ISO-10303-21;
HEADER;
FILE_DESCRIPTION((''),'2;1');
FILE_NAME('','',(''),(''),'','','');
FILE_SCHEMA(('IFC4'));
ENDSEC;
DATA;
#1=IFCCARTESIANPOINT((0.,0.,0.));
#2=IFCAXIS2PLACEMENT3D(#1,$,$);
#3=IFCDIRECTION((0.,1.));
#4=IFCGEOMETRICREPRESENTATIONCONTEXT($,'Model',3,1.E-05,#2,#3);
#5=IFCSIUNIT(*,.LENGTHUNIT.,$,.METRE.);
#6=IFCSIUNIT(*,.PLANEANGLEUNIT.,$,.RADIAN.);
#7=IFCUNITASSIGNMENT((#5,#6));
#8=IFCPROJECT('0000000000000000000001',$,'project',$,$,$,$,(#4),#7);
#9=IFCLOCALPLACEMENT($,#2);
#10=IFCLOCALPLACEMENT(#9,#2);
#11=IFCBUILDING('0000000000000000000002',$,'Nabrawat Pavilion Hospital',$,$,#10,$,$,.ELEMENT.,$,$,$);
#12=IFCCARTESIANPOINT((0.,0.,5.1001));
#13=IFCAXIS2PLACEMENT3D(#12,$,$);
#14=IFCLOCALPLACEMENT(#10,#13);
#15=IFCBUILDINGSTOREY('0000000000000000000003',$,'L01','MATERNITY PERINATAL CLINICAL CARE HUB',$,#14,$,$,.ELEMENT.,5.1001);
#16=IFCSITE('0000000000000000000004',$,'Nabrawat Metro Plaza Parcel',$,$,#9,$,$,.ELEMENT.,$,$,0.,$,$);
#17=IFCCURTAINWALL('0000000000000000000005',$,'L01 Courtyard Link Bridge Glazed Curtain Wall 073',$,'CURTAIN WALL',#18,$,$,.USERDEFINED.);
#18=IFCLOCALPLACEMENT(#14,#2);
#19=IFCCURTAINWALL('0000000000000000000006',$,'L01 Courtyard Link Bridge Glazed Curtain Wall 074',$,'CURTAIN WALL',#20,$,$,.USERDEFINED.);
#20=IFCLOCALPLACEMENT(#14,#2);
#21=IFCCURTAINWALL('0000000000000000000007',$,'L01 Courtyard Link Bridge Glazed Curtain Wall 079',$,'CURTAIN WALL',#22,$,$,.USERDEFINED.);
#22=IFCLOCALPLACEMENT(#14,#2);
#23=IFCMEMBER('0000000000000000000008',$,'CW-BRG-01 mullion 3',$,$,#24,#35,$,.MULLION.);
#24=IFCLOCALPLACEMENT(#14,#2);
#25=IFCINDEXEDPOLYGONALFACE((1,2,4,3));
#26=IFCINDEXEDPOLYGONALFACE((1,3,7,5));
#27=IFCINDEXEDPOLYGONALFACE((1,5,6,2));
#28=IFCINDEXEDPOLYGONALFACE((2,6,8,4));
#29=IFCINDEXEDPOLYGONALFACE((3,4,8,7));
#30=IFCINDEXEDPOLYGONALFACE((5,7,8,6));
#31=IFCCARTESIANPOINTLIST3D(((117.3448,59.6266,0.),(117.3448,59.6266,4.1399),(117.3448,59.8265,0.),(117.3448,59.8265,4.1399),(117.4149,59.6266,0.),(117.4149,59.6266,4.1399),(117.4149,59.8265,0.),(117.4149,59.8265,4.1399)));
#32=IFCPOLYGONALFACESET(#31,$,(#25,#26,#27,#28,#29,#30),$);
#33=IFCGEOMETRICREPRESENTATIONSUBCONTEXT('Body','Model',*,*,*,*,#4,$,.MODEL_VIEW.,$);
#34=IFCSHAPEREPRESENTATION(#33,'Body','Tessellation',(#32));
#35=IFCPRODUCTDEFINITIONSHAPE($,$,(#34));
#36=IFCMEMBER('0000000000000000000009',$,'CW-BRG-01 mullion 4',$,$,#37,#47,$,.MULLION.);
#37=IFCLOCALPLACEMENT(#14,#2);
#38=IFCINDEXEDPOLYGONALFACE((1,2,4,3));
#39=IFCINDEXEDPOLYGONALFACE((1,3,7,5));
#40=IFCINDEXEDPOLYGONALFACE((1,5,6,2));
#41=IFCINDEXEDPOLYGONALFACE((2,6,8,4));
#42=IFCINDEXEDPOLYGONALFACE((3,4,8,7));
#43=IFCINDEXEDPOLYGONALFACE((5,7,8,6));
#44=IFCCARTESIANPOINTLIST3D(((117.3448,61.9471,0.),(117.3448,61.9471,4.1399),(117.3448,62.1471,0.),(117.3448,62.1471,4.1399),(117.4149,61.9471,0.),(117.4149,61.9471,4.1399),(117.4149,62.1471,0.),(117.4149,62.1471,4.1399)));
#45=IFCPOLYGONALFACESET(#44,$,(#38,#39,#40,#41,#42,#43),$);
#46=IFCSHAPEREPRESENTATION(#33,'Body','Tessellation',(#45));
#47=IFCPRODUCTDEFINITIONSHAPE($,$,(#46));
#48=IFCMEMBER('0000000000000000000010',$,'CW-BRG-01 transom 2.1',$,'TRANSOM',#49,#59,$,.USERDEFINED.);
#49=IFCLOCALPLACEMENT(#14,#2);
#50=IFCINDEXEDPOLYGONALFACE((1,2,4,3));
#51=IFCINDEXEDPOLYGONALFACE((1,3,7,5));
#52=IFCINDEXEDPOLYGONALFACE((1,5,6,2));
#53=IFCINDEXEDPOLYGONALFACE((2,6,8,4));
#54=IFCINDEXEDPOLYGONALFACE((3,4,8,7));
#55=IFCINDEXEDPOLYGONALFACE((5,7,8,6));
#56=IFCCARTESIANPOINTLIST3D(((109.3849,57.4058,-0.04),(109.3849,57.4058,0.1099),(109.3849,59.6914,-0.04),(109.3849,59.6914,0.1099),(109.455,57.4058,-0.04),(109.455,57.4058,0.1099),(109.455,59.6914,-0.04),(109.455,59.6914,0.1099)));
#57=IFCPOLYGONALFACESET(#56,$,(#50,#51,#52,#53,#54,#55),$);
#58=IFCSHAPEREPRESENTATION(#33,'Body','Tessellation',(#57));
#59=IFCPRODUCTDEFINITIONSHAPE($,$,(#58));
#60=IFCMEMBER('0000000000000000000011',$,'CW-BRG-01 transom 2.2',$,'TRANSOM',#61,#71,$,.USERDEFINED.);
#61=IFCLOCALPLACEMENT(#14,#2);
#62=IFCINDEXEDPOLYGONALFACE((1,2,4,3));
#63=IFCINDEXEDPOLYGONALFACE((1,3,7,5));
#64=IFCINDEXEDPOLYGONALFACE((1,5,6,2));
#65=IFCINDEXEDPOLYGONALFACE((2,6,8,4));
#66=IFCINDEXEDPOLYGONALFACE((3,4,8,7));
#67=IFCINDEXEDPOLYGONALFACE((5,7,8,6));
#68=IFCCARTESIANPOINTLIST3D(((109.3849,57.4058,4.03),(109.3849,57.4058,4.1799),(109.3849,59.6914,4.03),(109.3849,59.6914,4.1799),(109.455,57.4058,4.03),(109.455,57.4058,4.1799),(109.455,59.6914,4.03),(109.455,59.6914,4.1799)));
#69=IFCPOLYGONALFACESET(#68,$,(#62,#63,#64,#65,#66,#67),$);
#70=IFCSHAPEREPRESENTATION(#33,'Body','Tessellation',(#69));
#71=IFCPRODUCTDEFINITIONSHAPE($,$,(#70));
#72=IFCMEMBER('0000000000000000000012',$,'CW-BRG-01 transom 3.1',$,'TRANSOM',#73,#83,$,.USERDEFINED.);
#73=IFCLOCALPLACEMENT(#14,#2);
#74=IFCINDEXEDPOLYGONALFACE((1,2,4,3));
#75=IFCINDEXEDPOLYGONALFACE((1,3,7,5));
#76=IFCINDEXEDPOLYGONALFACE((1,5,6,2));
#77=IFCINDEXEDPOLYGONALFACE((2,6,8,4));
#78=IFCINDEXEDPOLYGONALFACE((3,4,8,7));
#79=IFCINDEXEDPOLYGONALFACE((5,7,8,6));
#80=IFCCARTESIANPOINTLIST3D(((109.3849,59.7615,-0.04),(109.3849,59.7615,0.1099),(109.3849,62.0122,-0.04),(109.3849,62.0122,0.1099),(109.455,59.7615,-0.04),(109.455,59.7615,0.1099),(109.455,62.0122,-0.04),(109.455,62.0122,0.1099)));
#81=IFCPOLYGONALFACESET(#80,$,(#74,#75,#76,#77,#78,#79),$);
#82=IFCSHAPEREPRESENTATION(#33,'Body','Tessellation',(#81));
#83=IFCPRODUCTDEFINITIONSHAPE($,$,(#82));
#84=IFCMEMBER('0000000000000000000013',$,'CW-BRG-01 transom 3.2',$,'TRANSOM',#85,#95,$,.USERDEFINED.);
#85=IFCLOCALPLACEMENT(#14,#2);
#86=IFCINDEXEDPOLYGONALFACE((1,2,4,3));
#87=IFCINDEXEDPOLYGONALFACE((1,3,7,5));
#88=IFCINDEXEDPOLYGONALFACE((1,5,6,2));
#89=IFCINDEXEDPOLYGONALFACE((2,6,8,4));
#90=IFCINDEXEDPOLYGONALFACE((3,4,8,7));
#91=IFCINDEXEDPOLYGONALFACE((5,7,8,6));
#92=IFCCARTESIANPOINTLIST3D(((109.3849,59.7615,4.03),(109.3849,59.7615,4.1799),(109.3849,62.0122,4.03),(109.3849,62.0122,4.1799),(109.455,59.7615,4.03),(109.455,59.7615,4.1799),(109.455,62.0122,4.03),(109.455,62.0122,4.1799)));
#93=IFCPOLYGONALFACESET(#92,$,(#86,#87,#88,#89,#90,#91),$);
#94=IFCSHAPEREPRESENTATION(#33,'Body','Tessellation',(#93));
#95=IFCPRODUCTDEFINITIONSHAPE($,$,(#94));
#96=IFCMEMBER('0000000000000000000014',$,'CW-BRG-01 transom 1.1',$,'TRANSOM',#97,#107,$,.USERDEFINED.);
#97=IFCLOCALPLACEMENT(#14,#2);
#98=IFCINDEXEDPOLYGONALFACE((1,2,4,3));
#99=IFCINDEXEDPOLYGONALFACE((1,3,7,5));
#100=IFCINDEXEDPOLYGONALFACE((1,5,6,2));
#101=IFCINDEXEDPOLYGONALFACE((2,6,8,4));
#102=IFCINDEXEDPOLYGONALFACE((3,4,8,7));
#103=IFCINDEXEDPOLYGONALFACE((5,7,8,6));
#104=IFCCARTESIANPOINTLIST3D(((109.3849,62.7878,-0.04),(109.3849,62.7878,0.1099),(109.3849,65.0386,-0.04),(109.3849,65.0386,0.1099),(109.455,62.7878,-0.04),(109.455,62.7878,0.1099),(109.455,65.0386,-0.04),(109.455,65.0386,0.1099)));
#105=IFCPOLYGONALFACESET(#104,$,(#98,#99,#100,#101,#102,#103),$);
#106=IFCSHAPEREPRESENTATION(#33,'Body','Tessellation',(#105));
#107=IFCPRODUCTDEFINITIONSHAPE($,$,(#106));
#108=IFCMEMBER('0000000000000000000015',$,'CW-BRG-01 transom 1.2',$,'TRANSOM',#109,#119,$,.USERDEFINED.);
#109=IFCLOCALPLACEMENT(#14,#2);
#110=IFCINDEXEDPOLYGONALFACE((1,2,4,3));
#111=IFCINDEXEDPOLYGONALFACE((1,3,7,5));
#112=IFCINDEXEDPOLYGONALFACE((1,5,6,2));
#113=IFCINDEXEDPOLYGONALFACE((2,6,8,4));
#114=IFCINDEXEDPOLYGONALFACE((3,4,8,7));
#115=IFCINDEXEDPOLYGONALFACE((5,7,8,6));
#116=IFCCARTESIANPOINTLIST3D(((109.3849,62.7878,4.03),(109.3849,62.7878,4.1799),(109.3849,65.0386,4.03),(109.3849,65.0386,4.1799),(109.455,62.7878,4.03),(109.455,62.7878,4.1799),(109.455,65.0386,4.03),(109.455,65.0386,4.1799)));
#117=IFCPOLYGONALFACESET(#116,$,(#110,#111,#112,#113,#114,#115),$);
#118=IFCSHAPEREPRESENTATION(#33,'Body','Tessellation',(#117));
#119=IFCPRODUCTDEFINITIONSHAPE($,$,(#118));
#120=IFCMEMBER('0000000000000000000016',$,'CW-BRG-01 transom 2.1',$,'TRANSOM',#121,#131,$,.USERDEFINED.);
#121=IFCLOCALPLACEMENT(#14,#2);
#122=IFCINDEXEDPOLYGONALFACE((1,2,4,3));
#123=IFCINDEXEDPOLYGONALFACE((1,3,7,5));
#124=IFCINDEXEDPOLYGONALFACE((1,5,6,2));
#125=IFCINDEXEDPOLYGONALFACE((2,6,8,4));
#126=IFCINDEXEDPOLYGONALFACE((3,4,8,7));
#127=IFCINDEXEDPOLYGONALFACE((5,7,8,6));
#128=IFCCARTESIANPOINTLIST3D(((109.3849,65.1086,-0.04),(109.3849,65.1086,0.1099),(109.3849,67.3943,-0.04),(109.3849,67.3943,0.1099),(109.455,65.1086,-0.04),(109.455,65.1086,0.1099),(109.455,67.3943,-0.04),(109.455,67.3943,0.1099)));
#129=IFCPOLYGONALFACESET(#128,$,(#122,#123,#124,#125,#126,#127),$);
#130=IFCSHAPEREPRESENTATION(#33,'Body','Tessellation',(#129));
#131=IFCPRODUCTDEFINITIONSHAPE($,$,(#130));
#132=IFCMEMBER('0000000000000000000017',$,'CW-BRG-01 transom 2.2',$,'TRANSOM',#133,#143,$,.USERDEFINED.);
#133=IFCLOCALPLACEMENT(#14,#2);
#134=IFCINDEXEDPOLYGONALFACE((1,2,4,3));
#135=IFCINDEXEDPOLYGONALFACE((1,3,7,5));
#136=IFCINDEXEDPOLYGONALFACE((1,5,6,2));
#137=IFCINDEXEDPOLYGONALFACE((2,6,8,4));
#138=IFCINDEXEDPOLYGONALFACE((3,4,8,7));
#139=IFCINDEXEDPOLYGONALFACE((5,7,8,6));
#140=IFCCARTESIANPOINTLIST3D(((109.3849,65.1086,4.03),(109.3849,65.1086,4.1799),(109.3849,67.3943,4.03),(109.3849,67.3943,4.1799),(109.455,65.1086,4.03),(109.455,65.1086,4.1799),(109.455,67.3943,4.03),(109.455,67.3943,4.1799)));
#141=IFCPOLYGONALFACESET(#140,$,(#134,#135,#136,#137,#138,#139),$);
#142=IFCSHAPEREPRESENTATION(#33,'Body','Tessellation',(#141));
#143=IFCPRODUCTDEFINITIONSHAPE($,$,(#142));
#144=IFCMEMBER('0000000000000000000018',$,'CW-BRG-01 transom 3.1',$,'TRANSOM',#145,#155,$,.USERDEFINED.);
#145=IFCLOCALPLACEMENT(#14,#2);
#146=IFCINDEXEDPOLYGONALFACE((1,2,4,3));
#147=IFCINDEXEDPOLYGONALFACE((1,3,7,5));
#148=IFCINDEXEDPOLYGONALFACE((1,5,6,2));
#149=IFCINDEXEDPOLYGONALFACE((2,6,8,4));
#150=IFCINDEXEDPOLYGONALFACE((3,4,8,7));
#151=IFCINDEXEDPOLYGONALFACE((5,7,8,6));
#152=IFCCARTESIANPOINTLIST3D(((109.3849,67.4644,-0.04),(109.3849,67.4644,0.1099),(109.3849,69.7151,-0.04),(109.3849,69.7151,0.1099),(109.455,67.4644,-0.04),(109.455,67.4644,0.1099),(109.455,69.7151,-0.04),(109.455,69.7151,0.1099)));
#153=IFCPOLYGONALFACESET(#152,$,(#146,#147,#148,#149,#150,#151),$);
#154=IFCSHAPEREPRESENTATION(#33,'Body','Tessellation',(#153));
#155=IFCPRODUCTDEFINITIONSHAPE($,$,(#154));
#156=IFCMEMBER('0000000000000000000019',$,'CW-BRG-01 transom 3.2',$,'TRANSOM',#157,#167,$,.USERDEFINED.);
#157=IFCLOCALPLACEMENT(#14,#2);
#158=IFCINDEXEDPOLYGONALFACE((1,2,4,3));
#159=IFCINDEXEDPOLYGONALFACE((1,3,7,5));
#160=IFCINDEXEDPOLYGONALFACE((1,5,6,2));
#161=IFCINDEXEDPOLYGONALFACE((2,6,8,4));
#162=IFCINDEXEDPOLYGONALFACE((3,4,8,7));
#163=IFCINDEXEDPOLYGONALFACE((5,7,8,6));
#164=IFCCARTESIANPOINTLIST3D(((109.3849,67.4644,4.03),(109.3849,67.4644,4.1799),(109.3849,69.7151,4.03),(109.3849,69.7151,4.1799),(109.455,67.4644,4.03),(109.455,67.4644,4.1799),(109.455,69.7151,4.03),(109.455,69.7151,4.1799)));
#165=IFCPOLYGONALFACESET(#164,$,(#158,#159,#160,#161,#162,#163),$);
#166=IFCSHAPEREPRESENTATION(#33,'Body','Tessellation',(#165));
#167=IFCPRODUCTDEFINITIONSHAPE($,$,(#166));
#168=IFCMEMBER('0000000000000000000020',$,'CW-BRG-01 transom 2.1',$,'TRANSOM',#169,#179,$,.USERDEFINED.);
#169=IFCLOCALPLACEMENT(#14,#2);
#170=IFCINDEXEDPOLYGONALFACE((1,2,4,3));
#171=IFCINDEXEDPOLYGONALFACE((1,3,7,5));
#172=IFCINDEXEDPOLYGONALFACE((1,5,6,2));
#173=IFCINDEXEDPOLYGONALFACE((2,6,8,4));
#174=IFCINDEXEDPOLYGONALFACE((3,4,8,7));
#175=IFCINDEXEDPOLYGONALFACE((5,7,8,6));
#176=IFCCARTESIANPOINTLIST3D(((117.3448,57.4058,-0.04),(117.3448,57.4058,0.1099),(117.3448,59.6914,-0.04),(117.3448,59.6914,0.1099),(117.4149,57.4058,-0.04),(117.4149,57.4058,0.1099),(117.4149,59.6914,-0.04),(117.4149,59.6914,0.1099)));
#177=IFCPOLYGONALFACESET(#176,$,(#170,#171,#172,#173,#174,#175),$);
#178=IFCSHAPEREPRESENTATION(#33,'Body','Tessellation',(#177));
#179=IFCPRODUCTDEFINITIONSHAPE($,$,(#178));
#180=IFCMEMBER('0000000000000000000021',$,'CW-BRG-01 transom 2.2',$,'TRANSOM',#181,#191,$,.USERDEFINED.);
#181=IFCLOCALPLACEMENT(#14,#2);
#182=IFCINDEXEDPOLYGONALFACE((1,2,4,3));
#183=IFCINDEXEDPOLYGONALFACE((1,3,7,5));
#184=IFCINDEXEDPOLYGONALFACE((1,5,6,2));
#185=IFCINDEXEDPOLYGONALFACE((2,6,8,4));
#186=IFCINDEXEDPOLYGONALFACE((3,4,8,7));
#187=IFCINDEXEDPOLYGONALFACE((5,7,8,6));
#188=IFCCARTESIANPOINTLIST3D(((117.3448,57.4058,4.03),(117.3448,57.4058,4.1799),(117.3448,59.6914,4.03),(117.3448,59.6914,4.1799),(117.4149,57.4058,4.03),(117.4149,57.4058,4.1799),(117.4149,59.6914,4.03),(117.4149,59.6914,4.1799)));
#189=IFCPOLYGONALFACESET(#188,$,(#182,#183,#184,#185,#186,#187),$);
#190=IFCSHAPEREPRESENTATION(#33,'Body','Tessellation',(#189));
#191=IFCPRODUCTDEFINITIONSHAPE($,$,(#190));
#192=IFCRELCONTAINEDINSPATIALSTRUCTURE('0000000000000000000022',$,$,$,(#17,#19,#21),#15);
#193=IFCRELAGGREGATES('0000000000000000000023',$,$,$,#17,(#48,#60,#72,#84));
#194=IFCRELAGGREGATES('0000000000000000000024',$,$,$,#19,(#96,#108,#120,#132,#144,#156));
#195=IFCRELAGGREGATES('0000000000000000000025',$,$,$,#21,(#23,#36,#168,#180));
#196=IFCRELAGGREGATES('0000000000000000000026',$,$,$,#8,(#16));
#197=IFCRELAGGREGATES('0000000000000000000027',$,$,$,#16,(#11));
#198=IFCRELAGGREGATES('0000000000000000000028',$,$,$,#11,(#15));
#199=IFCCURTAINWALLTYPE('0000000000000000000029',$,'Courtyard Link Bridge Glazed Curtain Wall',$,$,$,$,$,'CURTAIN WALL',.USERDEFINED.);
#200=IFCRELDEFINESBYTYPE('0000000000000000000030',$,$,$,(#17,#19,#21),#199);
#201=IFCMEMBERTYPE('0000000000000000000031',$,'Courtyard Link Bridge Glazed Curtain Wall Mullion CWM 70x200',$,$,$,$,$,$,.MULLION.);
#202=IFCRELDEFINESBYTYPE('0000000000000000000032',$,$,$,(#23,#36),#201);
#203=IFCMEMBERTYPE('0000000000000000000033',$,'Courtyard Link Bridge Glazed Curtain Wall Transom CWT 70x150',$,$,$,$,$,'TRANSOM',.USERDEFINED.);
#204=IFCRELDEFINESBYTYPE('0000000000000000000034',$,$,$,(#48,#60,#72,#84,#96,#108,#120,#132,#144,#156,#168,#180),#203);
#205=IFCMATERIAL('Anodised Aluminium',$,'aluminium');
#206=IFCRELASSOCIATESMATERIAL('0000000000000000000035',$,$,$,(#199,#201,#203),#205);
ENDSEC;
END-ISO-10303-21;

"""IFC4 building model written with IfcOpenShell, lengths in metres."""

from ifc_helpers import new_model, si_unit, direction, frame, origin, origin_2d, place, context, subcontext, project, spatial, rectangle, extrude, material, material_profile, profile_set, type_object, element, aggregate, save


model = new_model("IFC4")

# Units and contexts
model_context = context("Model", 3, precision=1e-05, world=origin(), true_north=direction((0.0, 1.0)))
body_context = subcontext(model_context, "Body", "Model", "MODEL_VIEW")
ifc_project = project(units=[si_unit("LENGTHUNIT", "METRE"), si_unit("PLANEANGLEUNIT", "RADIAN")], contexts=[model_context])

# Site, building, storey
site_placement = place(None, origin())
site = spatial("IfcSite", under=ifc_project, at=site_placement, Name="Nabrawat Metro Plaza Parcel", CompositionType="ELEMENT", RefElevation=0.0)
building_placement = place(site_placement, origin())
building = spatial("IfcBuilding", under=site, at=building_placement, Name="Nabrawat Pavilion Hospital", CompositionType="ELEMENT")
storey_placement = place(building_placement, frame((0.0, 0.0, 5.1001)))
storey = spatial("IfcBuildingStorey", under=building, at=storey_placement, Name="L01", Description="MATERNITY PERINATAL CLINICAL CARE HUB", CompositionType="ELEMENT", Elevation=5.1001)

# Curtain walls, members
ifc_material_1 = material(Name="Anodised Aluminium", Category="aluminium")
curtain_wall_type = type_object("IfcCurtainWallType", Name="Courtyard Link Bridge Glazed Curtain Wall", ElementType="CURTAIN WALL", PredefinedType="USERDEFINED", material=ifc_material_1)
curtain_wall_1_placement = place(storey_placement, origin())
curtain_wall_1 = element("IfcCurtainWall", 1, at=curtain_wall_1_placement, inside=storey, type_object=curtain_wall_type, Name="L01 Courtyard Link Bridge Glazed Curtain Wall 073", ObjectType="CURTAIN WALL", PredefinedType="USERDEFINED")
ifc_material_profile_1 = material_profile(ifc_material_1, rectangle(XDim=0.0701, YDim=0.2, at=origin_2d()), Name="CWM 70x200")
ifc_profile_set_1 = profile_set([ifc_material_profile_1], Name="Anodised Aluminium")
member_type_1 = type_object("IfcMemberType", Name="Courtyard Link Bridge Glazed Curtain Wall Mullion CWM 70x200", PredefinedType="MULLION", material=ifc_profile_set_1)
curtain_wall_2_placement = place(storey_placement, origin())
curtain_wall_2 = element("IfcCurtainWall", 2, at=curtain_wall_2_placement, inside=storey, type_object=curtain_wall_type, Name="L01 Courtyard Link Bridge Glazed Curtain Wall 074", ObjectType="CURTAIN WALL", PredefinedType="USERDEFINED")
curtain_wall_3_placement = place(storey_placement, origin())
curtain_wall_3 = element("IfcCurtainWall", 3, at=curtain_wall_3_placement, inside=storey, type_object=curtain_wall_type, Name="L01 Courtyard Link Bridge Glazed Curtain Wall 079", ObjectType="CURTAIN WALL", PredefinedType="USERDEFINED")
member_1_placement = place(storey_placement, frame((117.3799, 59.7266, 0.0), z_axis=(0.0, 0.0, 1.0), x_axis=(-1.0, 0.0, 0.0)))
member_1 = element("IfcMember", 4, at=member_1_placement, type_object=member_type_1, Name="CW-BRG-01 mullion 3", PredefinedType="MULLION", context=body_context, shape_type="SweptSolid", body=[
    extrude(rectangle(XDim=0.0701, YDim=0.2, at=origin_2d()), origin(), (0.0, 0.0, 1.0), 4.1399),
])
member_2_placement = place(storey_placement, frame((117.3799, 62.0471, 0.0), z_axis=(0.0, 0.0, 1.0), x_axis=(-1.0, 0.0, 0.0)))
member_2 = element("IfcMember", 5, at=member_2_placement, type_object=member_type_1, Name="CW-BRG-01 mullion 4", PredefinedType="MULLION", context=body_context, shape_type="SweptSolid", body=[
    extrude(rectangle(XDim=0.0701, YDim=0.2, at=origin_2d()), origin(), (0.0, 0.0, 1.0), 4.1399),
])

# Members
ifc_material_profile_2 = material_profile(ifc_material_1, rectangle(XDim=0.0701, YDim=0.1499, at=origin_2d()), Name="CWT 70x150")
ifc_profile_set_2 = profile_set([ifc_material_profile_2], Name="Anodised Aluminium")
member_type_2 = type_object("IfcMemberType", Name="Courtyard Link Bridge Glazed Curtain Wall Transom CWT 70x150", ElementType="TRANSOM", PredefinedType="USERDEFINED", material=ifc_profile_set_2)
member_3_placement = place(storey_placement, frame((109.4199, 57.4058, 0.0349), z_axis=(0.0, 1.0, 0.0), x_axis=(-1.0, 0.0, 0.0)))
member_3 = element("IfcMember", 6, at=member_3_placement, type_object=member_type_2, Name="CW-BRG-01 transom 2.1", ObjectType="TRANSOM", PredefinedType="USERDEFINED", context=body_context, shape_type="SweptSolid", body=[
    extrude(rectangle(XDim=0.0701, YDim=0.1499, at=origin_2d()), origin(), (0.0, 0.0, 1.0), 2.2856),
])
member_4_placement = place(storey_placement, frame((109.4199, 57.4058, 4.105), z_axis=(0.0, 1.0, 0.0), x_axis=(-1.0, 0.0, 0.0)))
member_4 = element("IfcMember", 7, at=member_4_placement, type_object=member_type_2, Name="CW-BRG-01 transom 2.2", ObjectType="TRANSOM", PredefinedType="USERDEFINED", context=body_context, shape_type="SweptSolid", body=[
    extrude(rectangle(XDim=0.0701, YDim=0.1499, at=origin_2d()), origin(), (0.0, 0.0, 1.0), 2.2856),
])
member_5_placement = place(storey_placement, frame((109.4199, 59.7615, 0.0349), z_axis=(0.0, 1.0, 0.0), x_axis=(-1.0, 0.0, 0.0)))
member_5 = element("IfcMember", 8, at=member_5_placement, type_object=member_type_2, Name="CW-BRG-01 transom 3.1", ObjectType="TRANSOM", PredefinedType="USERDEFINED", context=body_context, shape_type="SweptSolid", body=[
    extrude(rectangle(XDim=0.0701, YDim=0.1499, at=origin_2d()), origin(), (0.0, 0.0, 1.0), 2.2507),
])
member_6_placement = place(storey_placement, frame((109.4199, 59.7615, 4.105), z_axis=(0.0, 1.0, 0.0), x_axis=(-1.0, 0.0, 0.0)))
member_6 = element("IfcMember", 9, at=member_6_placement, type_object=member_type_2, Name="CW-BRG-01 transom 3.2", ObjectType="TRANSOM", PredefinedType="USERDEFINED", context=body_context, shape_type="SweptSolid", body=[
    extrude(rectangle(XDim=0.0701, YDim=0.1499, at=origin_2d()), origin(), (0.0, 0.0, 1.0), 2.2507),
])
member_7_placement = place(storey_placement, frame((109.4199, 62.7878, 0.0349), z_axis=(0.0, 1.0, 0.0), x_axis=(-1.0, 0.0, 0.0)))
member_7 = element("IfcMember", 10, at=member_7_placement, type_object=member_type_2, Name="CW-BRG-01 transom 1.1", ObjectType="TRANSOM", PredefinedType="USERDEFINED", context=body_context, shape_type="SweptSolid", body=[
    extrude(rectangle(XDim=0.0701, YDim=0.1499, at=origin_2d()), origin(), (0.0, 0.0, 1.0), 2.2507),
])
member_8_placement = place(storey_placement, frame((109.4199, 62.7878, 4.105), z_axis=(0.0, 1.0, 0.0), x_axis=(-1.0, 0.0, 0.0)))
member_8 = element("IfcMember", 11, at=member_8_placement, type_object=member_type_2, Name="CW-BRG-01 transom 1.2", ObjectType="TRANSOM", PredefinedType="USERDEFINED", context=body_context, shape_type="SweptSolid", body=[
    extrude(rectangle(XDim=0.0701, YDim=0.1499, at=origin_2d()), origin(), (0.0, 0.0, 1.0), 2.2507),
])
member_9_placement = place(storey_placement, frame((109.4199, 65.1086, 0.0349), z_axis=(0.0, 1.0, 0.0), x_axis=(-1.0, 0.0, 0.0)))
member_9 = element("IfcMember", 12, at=member_9_placement, type_object=member_type_2, Name="CW-BRG-01 transom 2.1", ObjectType="TRANSOM", PredefinedType="USERDEFINED", context=body_context, shape_type="SweptSolid", body=[
    extrude(rectangle(XDim=0.0701, YDim=0.1499, at=origin_2d()), origin(), (0.0, 0.0, 1.0), 2.2856),
])
member_10_placement = place(storey_placement, frame((109.4199, 65.1086, 4.105), z_axis=(0.0, 1.0, 0.0), x_axis=(-1.0, 0.0, 0.0)))
member_10 = element("IfcMember", 13, at=member_10_placement, type_object=member_type_2, Name="CW-BRG-01 transom 2.2", ObjectType="TRANSOM", PredefinedType="USERDEFINED", context=body_context, shape_type="SweptSolid", body=[
    extrude(rectangle(XDim=0.0701, YDim=0.1499, at=origin_2d()), origin(), (0.0, 0.0, 1.0), 2.2856),
])
member_11_placement = place(storey_placement, frame((109.4199, 67.4644, 0.0349), z_axis=(0.0, 1.0, 0.0), x_axis=(-1.0, 0.0, 0.0)))
member_11 = element("IfcMember", 14, at=member_11_placement, type_object=member_type_2, Name="CW-BRG-01 transom 3.1", ObjectType="TRANSOM", PredefinedType="USERDEFINED", context=body_context, shape_type="SweptSolid", body=[
    extrude(rectangle(XDim=0.0701, YDim=0.1499, at=origin_2d()), origin(), (0.0, 0.0, 1.0), 2.2507),
])
member_12_placement = place(storey_placement, frame((109.4199, 67.4644, 4.105), z_axis=(0.0, 1.0, 0.0), x_axis=(-1.0, 0.0, 0.0)))
member_12 = element("IfcMember", 15, at=member_12_placement, type_object=member_type_2, Name="CW-BRG-01 transom 3.2", ObjectType="TRANSOM", PredefinedType="USERDEFINED", context=body_context, shape_type="SweptSolid", body=[
    extrude(rectangle(XDim=0.0701, YDim=0.1499, at=origin_2d()), origin(), (0.0, 0.0, 1.0), 2.2507),
])
member_13_placement = place(storey_placement, frame((117.3799, 57.4058, 0.0349), z_axis=(0.0, 1.0, 0.0), x_axis=(-1.0, 0.0, 0.0)))
member_13 = element("IfcMember", 16, at=member_13_placement, type_object=member_type_2, Name="CW-BRG-01 transom 2.1", ObjectType="TRANSOM", PredefinedType="USERDEFINED", context=body_context, shape_type="SweptSolid", body=[
    extrude(rectangle(XDim=0.0701, YDim=0.1499, at=origin_2d()), origin(), (0.0, 0.0, 1.0), 2.2856),
])
member_14_placement = place(storey_placement, frame((117.3799, 57.4058, 4.105), z_axis=(0.0, 1.0, 0.0), x_axis=(-1.0, 0.0, 0.0)))
member_14 = element("IfcMember", 17, at=member_14_placement, type_object=member_type_2, Name="CW-BRG-01 transom 2.2", ObjectType="TRANSOM", PredefinedType="USERDEFINED", context=body_context, shape_type="SweptSolid", body=[
    extrude(rectangle(XDim=0.0701, YDim=0.1499, at=origin_2d()), origin(), (0.0, 0.0, 1.0), 2.2856),
])

aggregate(curtain_wall_1, [member_3, member_4, member_5, member_6])
aggregate(curtain_wall_2, [member_7, member_8, member_9, member_10, member_11, member_12])
aggregate(curtain_wall_3, [member_1, member_2, member_13, member_14])

save(model, "model.ifc")
